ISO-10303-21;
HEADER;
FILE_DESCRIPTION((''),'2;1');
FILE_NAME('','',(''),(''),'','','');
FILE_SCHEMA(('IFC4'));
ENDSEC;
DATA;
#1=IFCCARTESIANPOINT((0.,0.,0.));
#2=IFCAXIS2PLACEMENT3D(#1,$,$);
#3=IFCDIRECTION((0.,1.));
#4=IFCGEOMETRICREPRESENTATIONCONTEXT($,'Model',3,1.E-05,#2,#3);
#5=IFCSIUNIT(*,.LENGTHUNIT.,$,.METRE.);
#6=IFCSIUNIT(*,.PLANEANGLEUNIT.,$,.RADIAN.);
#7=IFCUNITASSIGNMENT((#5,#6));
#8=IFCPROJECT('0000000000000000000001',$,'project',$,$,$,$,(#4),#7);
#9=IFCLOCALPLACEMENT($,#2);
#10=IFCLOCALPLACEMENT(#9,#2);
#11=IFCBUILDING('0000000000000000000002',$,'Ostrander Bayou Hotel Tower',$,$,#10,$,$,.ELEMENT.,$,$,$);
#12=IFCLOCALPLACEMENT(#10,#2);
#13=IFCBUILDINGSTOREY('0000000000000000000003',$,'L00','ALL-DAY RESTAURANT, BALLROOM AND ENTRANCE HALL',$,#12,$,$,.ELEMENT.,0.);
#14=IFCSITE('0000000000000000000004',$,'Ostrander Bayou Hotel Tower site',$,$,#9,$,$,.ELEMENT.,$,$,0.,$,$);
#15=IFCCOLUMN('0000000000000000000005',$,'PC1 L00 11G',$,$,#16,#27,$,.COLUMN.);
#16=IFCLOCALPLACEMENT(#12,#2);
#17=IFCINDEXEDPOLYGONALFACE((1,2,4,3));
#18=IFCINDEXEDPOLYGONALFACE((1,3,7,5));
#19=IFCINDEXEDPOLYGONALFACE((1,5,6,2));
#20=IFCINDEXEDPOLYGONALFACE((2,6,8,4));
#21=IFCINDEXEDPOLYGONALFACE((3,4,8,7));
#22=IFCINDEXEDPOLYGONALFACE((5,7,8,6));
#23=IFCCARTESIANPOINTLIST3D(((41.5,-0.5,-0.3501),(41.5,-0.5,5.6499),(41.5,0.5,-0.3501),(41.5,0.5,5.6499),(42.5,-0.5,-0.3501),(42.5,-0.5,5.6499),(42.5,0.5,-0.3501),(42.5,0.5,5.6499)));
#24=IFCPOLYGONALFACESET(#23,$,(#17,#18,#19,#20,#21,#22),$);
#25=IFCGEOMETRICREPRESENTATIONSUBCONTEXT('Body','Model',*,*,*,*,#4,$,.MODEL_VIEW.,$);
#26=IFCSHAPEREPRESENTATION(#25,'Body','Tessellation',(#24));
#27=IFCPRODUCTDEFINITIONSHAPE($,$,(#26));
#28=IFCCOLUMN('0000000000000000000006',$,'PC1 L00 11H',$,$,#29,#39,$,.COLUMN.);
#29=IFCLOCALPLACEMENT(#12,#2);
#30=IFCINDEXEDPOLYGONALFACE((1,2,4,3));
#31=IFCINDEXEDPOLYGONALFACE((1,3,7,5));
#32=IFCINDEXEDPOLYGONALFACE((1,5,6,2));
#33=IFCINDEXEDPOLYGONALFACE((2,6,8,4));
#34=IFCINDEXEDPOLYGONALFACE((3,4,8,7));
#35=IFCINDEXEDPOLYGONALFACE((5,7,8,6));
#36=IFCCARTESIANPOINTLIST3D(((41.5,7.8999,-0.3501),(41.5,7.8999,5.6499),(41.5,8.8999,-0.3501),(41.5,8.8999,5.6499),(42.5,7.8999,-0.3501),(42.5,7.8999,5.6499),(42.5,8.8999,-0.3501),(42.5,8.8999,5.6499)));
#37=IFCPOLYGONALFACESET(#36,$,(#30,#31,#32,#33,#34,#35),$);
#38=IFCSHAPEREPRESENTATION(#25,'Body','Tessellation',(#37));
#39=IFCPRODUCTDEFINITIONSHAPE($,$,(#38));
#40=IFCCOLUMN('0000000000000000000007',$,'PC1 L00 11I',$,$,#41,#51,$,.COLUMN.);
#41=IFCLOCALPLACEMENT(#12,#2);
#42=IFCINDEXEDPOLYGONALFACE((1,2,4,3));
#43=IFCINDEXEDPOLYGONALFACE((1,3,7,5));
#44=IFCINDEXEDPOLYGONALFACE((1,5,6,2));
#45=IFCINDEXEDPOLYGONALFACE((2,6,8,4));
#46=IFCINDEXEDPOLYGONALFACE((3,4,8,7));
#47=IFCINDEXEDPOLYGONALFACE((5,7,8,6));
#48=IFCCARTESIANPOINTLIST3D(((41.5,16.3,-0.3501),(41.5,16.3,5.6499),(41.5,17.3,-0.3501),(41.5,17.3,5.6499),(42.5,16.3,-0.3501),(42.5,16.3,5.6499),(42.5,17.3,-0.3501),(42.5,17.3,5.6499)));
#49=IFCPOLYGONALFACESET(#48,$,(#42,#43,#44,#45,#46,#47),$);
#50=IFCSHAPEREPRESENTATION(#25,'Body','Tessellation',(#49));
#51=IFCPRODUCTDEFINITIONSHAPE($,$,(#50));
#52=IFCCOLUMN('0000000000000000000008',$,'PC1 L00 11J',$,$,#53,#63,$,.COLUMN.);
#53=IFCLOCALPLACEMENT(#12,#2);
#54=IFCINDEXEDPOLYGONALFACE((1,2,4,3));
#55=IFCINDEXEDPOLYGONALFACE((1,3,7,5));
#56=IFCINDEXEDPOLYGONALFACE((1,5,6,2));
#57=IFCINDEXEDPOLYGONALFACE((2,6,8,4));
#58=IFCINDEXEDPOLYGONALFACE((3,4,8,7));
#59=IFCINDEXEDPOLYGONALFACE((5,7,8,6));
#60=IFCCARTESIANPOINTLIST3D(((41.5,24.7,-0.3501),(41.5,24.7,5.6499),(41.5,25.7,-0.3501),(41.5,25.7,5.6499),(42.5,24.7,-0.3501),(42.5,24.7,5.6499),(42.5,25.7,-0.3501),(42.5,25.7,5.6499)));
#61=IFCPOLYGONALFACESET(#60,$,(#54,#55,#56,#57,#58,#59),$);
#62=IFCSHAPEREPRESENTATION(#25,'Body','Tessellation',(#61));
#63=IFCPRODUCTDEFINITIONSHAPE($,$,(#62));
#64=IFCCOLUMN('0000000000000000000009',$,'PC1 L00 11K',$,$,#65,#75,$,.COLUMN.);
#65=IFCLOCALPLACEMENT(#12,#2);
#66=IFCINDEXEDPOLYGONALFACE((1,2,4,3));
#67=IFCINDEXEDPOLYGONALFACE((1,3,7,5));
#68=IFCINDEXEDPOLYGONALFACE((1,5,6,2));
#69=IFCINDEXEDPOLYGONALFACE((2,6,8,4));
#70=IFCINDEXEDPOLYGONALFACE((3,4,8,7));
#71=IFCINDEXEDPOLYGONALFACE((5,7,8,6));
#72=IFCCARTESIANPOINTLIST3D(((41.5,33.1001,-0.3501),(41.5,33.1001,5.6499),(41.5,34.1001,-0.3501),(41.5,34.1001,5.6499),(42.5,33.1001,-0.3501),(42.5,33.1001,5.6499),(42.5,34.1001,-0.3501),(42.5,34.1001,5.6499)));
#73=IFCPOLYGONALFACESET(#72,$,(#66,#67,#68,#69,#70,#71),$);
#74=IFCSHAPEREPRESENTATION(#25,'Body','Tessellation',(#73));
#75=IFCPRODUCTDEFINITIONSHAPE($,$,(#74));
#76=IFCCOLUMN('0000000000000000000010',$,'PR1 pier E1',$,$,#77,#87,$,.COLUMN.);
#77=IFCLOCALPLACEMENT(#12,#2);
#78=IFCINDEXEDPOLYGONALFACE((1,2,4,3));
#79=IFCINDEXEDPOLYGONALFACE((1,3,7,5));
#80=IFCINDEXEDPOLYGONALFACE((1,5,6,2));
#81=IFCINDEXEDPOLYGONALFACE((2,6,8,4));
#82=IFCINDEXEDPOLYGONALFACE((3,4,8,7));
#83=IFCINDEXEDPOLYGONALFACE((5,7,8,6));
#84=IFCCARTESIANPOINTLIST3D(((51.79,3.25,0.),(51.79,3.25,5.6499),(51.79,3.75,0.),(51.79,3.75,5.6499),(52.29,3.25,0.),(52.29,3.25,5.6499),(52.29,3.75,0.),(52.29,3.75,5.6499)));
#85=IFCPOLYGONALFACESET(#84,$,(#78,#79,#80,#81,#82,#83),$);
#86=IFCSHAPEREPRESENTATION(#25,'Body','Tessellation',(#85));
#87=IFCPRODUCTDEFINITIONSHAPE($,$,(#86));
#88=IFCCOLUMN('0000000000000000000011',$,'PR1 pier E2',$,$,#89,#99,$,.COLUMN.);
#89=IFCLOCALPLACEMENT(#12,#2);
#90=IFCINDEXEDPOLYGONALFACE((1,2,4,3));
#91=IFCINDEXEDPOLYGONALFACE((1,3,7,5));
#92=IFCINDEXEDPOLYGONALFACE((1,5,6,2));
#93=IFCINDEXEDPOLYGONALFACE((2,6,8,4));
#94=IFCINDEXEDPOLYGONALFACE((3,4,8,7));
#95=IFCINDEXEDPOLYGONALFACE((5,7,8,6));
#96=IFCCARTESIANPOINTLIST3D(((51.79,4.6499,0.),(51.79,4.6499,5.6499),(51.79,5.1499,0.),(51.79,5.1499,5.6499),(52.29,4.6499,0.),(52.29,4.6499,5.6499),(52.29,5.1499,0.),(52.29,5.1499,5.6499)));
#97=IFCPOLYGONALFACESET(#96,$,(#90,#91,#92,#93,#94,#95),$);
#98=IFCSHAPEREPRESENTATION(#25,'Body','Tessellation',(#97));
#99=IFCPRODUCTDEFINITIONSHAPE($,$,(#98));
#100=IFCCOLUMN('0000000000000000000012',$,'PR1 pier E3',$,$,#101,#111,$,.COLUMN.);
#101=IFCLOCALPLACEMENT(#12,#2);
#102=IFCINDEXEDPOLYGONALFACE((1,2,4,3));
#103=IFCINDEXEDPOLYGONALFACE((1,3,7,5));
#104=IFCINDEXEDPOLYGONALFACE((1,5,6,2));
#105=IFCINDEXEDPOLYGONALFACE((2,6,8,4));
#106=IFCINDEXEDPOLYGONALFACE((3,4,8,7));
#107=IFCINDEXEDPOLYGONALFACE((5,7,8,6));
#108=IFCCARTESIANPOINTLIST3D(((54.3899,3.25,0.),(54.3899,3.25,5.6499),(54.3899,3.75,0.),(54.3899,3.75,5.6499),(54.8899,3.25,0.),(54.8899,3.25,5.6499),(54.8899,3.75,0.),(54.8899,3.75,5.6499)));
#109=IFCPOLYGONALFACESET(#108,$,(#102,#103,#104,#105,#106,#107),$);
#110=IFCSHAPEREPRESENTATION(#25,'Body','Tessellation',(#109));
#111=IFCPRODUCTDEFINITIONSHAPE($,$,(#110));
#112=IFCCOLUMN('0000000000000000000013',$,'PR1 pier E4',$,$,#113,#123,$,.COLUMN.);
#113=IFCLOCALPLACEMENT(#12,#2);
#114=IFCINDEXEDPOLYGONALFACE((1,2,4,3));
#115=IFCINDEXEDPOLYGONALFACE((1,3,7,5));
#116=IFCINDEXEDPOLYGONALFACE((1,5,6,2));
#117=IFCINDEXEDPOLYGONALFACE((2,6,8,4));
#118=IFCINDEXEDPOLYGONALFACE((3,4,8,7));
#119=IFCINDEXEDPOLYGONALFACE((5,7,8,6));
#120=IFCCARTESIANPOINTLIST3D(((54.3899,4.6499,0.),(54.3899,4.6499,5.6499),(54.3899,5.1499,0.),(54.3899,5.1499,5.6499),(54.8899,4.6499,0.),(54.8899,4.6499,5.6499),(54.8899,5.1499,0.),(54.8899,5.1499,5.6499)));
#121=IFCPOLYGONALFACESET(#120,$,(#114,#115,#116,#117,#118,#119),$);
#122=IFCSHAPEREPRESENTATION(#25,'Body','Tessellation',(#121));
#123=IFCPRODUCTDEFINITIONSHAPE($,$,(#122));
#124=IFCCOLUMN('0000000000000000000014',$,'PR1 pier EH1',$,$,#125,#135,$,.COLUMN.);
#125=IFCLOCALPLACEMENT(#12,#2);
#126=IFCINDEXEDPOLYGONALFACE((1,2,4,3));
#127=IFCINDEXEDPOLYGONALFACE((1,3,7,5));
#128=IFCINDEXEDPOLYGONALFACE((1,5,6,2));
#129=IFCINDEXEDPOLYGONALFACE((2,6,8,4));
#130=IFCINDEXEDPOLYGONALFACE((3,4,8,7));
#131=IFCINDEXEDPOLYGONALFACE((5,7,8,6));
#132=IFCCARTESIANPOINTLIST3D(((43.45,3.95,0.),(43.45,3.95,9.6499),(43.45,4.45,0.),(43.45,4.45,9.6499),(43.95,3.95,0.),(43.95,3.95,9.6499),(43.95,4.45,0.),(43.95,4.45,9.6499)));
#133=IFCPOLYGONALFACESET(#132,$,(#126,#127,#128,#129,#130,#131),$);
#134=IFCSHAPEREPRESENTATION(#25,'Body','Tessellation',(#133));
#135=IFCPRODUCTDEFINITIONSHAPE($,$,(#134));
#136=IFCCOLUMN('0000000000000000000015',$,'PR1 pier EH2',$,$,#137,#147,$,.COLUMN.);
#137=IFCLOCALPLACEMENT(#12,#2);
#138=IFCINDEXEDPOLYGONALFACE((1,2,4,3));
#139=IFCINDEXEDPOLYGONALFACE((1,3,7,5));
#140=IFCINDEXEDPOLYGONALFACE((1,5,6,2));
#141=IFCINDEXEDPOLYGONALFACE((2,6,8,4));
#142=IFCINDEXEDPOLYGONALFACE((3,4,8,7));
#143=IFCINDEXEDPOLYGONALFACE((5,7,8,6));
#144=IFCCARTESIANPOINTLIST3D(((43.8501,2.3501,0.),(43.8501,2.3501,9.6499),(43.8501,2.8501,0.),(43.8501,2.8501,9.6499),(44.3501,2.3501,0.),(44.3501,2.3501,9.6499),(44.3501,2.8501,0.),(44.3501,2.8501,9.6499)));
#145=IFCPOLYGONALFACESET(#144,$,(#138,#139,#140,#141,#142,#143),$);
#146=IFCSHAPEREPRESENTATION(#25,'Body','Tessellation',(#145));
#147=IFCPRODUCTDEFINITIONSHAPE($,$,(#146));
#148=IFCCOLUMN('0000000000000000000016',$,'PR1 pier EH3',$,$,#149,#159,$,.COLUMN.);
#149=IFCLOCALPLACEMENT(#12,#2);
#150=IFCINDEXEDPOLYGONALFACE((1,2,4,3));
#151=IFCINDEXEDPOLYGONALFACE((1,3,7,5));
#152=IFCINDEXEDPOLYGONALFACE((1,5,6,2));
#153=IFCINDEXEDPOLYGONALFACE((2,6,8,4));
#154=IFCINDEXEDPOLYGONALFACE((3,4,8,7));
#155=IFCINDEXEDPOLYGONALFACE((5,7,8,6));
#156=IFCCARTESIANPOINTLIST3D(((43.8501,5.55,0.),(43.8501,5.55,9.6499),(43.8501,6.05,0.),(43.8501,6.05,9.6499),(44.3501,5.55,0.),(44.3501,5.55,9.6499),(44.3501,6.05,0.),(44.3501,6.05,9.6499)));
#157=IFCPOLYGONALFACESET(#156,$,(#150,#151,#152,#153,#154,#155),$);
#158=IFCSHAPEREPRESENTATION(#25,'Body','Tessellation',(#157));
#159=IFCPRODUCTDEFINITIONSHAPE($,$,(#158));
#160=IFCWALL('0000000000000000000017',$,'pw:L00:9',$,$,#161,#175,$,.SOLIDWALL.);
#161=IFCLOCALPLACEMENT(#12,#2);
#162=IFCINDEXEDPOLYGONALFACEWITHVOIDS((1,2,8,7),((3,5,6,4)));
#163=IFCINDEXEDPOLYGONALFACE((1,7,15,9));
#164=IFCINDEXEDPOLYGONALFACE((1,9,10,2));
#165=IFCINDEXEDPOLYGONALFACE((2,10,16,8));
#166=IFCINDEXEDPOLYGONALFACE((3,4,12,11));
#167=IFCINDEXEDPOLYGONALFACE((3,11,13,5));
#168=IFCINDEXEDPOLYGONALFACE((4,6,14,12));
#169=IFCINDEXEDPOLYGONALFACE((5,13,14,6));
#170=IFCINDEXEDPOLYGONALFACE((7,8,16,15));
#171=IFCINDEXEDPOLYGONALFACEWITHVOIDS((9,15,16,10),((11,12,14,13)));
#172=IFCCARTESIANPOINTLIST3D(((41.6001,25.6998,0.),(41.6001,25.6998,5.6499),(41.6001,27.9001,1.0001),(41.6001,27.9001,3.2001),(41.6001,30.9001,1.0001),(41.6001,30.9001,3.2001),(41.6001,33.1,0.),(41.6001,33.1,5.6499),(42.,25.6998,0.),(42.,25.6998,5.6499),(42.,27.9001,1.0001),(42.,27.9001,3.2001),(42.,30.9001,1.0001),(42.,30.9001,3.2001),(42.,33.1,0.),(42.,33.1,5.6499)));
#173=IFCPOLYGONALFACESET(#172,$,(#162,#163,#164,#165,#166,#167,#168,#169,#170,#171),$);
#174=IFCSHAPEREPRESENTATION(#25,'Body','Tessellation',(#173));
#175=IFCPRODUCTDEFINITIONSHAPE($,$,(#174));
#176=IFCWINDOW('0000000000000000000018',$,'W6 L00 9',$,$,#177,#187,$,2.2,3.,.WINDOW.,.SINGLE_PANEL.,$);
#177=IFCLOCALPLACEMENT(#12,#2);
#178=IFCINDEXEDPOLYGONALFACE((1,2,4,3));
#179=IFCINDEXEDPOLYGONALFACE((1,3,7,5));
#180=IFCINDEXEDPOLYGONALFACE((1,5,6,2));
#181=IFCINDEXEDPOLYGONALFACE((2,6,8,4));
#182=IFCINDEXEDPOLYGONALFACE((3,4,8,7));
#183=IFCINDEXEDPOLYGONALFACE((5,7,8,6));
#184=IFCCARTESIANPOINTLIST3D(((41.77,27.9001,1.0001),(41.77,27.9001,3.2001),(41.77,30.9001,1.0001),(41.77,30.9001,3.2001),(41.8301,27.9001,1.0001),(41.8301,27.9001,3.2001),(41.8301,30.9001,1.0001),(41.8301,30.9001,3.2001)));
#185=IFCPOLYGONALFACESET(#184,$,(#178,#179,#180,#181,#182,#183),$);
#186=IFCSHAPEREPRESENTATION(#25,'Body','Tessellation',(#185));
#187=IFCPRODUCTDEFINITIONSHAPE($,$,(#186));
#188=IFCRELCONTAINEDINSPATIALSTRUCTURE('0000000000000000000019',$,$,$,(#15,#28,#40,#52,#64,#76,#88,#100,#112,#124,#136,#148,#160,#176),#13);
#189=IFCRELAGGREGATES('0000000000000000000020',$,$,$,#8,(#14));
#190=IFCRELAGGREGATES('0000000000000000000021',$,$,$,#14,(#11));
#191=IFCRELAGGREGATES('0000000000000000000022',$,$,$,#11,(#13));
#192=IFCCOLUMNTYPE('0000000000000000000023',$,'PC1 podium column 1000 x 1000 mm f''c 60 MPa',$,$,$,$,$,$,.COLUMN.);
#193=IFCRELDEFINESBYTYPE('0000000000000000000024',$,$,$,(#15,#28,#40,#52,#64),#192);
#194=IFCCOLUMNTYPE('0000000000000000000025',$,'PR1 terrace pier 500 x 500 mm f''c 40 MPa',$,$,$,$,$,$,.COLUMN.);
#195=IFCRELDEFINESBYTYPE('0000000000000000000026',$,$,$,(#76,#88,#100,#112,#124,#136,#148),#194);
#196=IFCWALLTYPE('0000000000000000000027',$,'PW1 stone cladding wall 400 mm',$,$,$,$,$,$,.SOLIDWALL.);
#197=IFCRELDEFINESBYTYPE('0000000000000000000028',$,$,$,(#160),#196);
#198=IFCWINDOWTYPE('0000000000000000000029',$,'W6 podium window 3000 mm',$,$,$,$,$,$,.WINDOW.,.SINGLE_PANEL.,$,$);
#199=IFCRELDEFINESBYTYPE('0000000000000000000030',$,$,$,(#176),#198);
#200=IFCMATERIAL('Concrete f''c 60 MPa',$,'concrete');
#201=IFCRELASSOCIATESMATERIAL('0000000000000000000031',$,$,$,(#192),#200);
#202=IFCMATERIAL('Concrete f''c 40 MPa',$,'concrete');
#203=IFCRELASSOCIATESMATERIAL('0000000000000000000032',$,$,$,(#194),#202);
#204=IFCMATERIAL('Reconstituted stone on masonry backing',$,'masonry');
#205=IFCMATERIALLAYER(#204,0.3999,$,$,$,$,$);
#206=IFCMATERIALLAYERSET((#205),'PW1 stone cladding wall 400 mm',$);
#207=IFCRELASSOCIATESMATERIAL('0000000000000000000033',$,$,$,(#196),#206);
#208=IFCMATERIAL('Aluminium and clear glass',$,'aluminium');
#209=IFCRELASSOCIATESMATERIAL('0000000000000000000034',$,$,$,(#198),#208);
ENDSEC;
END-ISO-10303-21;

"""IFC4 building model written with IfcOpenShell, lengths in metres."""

from ifc_helpers import new_model, si_unit, direction, frame, frame_2d, origin, origin_2d, place, context, subcontext, project, spatial, rectangle, extrude, material, layer, layer_set, material_profile, profile_set, type_object, element, fill, save


model = new_model("IFC4")

# Units and contexts
model_context = context("Model", 3, precision=1e-05, world=origin(), true_north=direction((0.0, 1.0)))
body_context = subcontext(model_context, "Body", "Model", "MODEL_VIEW")
ifc_project = project(units=[si_unit("LENGTHUNIT", "METRE"), si_unit("PLANEANGLEUNIT", "RADIAN")], contexts=[model_context])

# Site, building, storey
site_placement = place(None, origin())
site = spatial("IfcSite", under=ifc_project, at=site_placement, Name="Ostrander Bayou Hotel Tower site", CompositionType="ELEMENT", RefElevation=0.0)
building_placement = place(site_placement, origin())
building = spatial("IfcBuilding", under=site, at=building_placement, Name="Ostrander Bayou Hotel Tower", CompositionType="ELEMENT")
storey_placement = place(building_placement, origin())
storey = spatial("IfcBuildingStorey", under=building, at=storey_placement, Name="L00", Description="ALL-DAY RESTAURANT, BALLROOM AND ENTRANCE HALL", CompositionType="ELEMENT", Elevation=0.0)

# Columns
ifc_material_1 = material(Name="Concrete f'c 60 MPa", Category="concrete")
ifc_material_profile_1 = material_profile(ifc_material_1, rectangle(XDim=1.0, YDim=1.0, at=origin_2d()))
ifc_profile_set_1 = profile_set([ifc_material_profile_1], Name="Concrete f'c 60 MPa")
column_type_1 = type_object("IfcColumnType", Name="PC1 podium column 1000 x 1000 mm f'c 60 MPa", PredefinedType="COLUMN", material=ifc_profile_set_1)
for number, where, z_axis, x_axis, name in (
    (1, (42.0, 0.0, -0.3501), (0.0, 0.0, 1.0), (1.0, 0.0, 0.0), "PC1 L00 11G"),
    (2, (42.0, 8.3999, -0.3501), (0.0, 0.0, 1.0), (1.0, 0.0, 0.0), "PC1 L00 11H"),
    (3, (42.0, 16.8, -0.3501), (0.0, 0.0, 1.0), (1.0, 0.0, 0.0), "PC1 L00 11I"),
    (4, (42.0, 25.2, -0.3501), (0.0, 0.0, 1.0), (1.0, 0.0, 0.0), "PC1 L00 11J"),
    (5, (42.0, 33.6001, -0.3501), (0.0, 0.0, 1.0), (1.0, 0.0, 0.0), "PC1 L00 11K"),
):
    element("IfcColumn", number, at=place(storey_placement, frame(where, z_axis=z_axis, x_axis=x_axis)), inside=storey, type_object=column_type_1, Name=name, PredefinedType="COLUMN", context=body_context, shape_type="SweptSolid", body=[
        extrude(rectangle(XDim=1.0, YDim=1.0, at=origin_2d()), origin(), (0.0, 0.0, 1.0), 6.0),
    ])
ifc_material_2 = material(Name="Concrete f'c 40 MPa", Category="concrete")
ifc_material_profile_2 = material_profile(ifc_material_2, rectangle(XDim=0.5, YDim=0.5, at=origin_2d()))
ifc_profile_set_2 = profile_set([ifc_material_profile_2], Name="Concrete f'c 40 MPa")
column_type_2 = type_object("IfcColumnType", Name="PR1 terrace pier 500 x 500 mm f'c 40 MPa", PredefinedType="COLUMN", material=ifc_profile_set_2)
for number, where, z_axis, x_axis, name in (
    (6, (52.04, 3.5, 0.0), (0.0, 0.0, 1.0), (1.0, 0.0, 0.0), "PR1 pier E1"),
    (7, (52.04, 4.8999, 0.0), (0.0, 0.0, 1.0), (1.0, 0.0, 0.0), "PR1 pier E2"),
    (8, (54.6399, 3.5, 0.0), (0.0, 0.0, 1.0), (1.0, 0.0, 0.0), "PR1 pier E3"),
    (9, (54.6399, 4.8999, 0.0), (0.0, 0.0, 1.0), (1.0, 0.0, 0.0), "PR1 pier E4"),
):
    element("IfcColumn", number, at=place(storey_placement, frame(where, z_axis=z_axis, x_axis=x_axis)), inside=storey, type_object=column_type_2, Name=name, PredefinedType="COLUMN", context=body_context, shape_type="SweptSolid", body=[
        extrude(rectangle(XDim=0.5, YDim=0.5, at=origin_2d()), origin(), (0.0, 0.0, 1.0), 5.6499),
    ])
for number, where, z_axis, x_axis, name in (
    (10, (43.7, 4.2, 0.0), (0.0, 0.0, 1.0), (1.0, 0.0, 0.0), "PR1 pier EH1"),
    (11, (44.1001, 2.6001, 0.0), (0.0, 0.0, 1.0), (1.0, 0.0, 0.0), "PR1 pier EH2"),
    (12, (44.1001, 5.8, 0.0), (0.0, 0.0, 1.0), (1.0, 0.0, 0.0), "PR1 pier EH3"),
):
    element("IfcColumn", number, at=place(storey_placement, frame(where, z_axis=z_axis, x_axis=x_axis)), inside=storey, type_object=column_type_2, Name=name, PredefinedType="COLUMN", context=body_context, shape_type="SweptSolid", body=[
        extrude(rectangle(XDim=0.5, YDim=0.5, at=origin_2d()), origin(), (0.0, 0.0, 1.0), 9.6499),
    ])

# Wall, opening, window
ifc_material_3 = material(Name="Reconstituted stone on masonry backing", Category="masonry")
ifc_layer = layer(ifc_material_3, 0.3999)
ifc_layer_set = layer_set([ifc_layer], Name="PW1 stone cladding wall 400 mm")
wall_type = type_object("IfcWallType", Name="PW1 stone cladding wall 400 mm", PredefinedType="SOLIDWALL", material=ifc_layer_set)
wall_1_placement = place(storey_placement, frame((41.8, 33.1001, 0.0), z_axis=(0.0, 0.0, 1.0), x_axis=(0.0, -1.0, 0.0)))
wall_1 = element("IfcWall", 13, at=wall_1_placement, inside=storey, type_object=wall_type, Name="pw:L00:9", PredefinedType="SOLIDWALL", context=body_context, shape_type="SweptSolid", body=[
    extrude(rectangle(XDim=7.4001, YDim=0.3999, at=frame_2d((3.7002, 0.0))), origin(), (0.0, 0.0, 1.0), 5.6499),
])
opening_1_placement = place(wall_1_placement, frame((2.2, 0.0, 1.0)))
opening_1 = element("IfcOpeningElement", 14, at=opening_1_placement, cuts=wall_1, PredefinedType="OPENING", context=body_context, shape_type="SweptSolid", body=[
    extrude(rectangle(XDim=3.0, YDim=2.2, at=frame_2d((1.5, 1.1001))), frame((0.0, 0.2, 0.0), z_axis=(0.0, -1.0, 0.0), x_axis=(1.0, 0.0, 0.0)), (0.0, 0.0, 1.0), 0.3999),
])
ifc_material_4 = material(Name="Aluminium and clear glass", Category="aluminium")
window_type = type_object("IfcWindowType", Name="W6 podium window 3000 mm", PartitioningType="SINGLE_PANEL", PredefinedType="WINDOW", material=ifc_material_4)
window_1_placement = place(opening_1_placement, origin())
window_1 = element("IfcWindow", 15, at=window_1_placement, inside=storey, type_object=window_type, Name="W6 L00 9", OverallHeight=2.2, OverallWidth=3.0, PartitioningType="SINGLE_PANEL", PredefinedType="WINDOW", context=body_context, shape_type="SweptSolid", body=[
    extrude(rectangle(XDim=3.0, YDim=2.2, at=frame_2d((1.5, 1.1001))), frame((0.0, 0.03, 0.0), z_axis=(0.0, -1.0, 0.0), x_axis=(1.0, 0.0, 0.0)), (0.0, 0.0, 1.0), 0.0601),
])
fill(opening_1, window_1)

save(model, "model.ifc")
